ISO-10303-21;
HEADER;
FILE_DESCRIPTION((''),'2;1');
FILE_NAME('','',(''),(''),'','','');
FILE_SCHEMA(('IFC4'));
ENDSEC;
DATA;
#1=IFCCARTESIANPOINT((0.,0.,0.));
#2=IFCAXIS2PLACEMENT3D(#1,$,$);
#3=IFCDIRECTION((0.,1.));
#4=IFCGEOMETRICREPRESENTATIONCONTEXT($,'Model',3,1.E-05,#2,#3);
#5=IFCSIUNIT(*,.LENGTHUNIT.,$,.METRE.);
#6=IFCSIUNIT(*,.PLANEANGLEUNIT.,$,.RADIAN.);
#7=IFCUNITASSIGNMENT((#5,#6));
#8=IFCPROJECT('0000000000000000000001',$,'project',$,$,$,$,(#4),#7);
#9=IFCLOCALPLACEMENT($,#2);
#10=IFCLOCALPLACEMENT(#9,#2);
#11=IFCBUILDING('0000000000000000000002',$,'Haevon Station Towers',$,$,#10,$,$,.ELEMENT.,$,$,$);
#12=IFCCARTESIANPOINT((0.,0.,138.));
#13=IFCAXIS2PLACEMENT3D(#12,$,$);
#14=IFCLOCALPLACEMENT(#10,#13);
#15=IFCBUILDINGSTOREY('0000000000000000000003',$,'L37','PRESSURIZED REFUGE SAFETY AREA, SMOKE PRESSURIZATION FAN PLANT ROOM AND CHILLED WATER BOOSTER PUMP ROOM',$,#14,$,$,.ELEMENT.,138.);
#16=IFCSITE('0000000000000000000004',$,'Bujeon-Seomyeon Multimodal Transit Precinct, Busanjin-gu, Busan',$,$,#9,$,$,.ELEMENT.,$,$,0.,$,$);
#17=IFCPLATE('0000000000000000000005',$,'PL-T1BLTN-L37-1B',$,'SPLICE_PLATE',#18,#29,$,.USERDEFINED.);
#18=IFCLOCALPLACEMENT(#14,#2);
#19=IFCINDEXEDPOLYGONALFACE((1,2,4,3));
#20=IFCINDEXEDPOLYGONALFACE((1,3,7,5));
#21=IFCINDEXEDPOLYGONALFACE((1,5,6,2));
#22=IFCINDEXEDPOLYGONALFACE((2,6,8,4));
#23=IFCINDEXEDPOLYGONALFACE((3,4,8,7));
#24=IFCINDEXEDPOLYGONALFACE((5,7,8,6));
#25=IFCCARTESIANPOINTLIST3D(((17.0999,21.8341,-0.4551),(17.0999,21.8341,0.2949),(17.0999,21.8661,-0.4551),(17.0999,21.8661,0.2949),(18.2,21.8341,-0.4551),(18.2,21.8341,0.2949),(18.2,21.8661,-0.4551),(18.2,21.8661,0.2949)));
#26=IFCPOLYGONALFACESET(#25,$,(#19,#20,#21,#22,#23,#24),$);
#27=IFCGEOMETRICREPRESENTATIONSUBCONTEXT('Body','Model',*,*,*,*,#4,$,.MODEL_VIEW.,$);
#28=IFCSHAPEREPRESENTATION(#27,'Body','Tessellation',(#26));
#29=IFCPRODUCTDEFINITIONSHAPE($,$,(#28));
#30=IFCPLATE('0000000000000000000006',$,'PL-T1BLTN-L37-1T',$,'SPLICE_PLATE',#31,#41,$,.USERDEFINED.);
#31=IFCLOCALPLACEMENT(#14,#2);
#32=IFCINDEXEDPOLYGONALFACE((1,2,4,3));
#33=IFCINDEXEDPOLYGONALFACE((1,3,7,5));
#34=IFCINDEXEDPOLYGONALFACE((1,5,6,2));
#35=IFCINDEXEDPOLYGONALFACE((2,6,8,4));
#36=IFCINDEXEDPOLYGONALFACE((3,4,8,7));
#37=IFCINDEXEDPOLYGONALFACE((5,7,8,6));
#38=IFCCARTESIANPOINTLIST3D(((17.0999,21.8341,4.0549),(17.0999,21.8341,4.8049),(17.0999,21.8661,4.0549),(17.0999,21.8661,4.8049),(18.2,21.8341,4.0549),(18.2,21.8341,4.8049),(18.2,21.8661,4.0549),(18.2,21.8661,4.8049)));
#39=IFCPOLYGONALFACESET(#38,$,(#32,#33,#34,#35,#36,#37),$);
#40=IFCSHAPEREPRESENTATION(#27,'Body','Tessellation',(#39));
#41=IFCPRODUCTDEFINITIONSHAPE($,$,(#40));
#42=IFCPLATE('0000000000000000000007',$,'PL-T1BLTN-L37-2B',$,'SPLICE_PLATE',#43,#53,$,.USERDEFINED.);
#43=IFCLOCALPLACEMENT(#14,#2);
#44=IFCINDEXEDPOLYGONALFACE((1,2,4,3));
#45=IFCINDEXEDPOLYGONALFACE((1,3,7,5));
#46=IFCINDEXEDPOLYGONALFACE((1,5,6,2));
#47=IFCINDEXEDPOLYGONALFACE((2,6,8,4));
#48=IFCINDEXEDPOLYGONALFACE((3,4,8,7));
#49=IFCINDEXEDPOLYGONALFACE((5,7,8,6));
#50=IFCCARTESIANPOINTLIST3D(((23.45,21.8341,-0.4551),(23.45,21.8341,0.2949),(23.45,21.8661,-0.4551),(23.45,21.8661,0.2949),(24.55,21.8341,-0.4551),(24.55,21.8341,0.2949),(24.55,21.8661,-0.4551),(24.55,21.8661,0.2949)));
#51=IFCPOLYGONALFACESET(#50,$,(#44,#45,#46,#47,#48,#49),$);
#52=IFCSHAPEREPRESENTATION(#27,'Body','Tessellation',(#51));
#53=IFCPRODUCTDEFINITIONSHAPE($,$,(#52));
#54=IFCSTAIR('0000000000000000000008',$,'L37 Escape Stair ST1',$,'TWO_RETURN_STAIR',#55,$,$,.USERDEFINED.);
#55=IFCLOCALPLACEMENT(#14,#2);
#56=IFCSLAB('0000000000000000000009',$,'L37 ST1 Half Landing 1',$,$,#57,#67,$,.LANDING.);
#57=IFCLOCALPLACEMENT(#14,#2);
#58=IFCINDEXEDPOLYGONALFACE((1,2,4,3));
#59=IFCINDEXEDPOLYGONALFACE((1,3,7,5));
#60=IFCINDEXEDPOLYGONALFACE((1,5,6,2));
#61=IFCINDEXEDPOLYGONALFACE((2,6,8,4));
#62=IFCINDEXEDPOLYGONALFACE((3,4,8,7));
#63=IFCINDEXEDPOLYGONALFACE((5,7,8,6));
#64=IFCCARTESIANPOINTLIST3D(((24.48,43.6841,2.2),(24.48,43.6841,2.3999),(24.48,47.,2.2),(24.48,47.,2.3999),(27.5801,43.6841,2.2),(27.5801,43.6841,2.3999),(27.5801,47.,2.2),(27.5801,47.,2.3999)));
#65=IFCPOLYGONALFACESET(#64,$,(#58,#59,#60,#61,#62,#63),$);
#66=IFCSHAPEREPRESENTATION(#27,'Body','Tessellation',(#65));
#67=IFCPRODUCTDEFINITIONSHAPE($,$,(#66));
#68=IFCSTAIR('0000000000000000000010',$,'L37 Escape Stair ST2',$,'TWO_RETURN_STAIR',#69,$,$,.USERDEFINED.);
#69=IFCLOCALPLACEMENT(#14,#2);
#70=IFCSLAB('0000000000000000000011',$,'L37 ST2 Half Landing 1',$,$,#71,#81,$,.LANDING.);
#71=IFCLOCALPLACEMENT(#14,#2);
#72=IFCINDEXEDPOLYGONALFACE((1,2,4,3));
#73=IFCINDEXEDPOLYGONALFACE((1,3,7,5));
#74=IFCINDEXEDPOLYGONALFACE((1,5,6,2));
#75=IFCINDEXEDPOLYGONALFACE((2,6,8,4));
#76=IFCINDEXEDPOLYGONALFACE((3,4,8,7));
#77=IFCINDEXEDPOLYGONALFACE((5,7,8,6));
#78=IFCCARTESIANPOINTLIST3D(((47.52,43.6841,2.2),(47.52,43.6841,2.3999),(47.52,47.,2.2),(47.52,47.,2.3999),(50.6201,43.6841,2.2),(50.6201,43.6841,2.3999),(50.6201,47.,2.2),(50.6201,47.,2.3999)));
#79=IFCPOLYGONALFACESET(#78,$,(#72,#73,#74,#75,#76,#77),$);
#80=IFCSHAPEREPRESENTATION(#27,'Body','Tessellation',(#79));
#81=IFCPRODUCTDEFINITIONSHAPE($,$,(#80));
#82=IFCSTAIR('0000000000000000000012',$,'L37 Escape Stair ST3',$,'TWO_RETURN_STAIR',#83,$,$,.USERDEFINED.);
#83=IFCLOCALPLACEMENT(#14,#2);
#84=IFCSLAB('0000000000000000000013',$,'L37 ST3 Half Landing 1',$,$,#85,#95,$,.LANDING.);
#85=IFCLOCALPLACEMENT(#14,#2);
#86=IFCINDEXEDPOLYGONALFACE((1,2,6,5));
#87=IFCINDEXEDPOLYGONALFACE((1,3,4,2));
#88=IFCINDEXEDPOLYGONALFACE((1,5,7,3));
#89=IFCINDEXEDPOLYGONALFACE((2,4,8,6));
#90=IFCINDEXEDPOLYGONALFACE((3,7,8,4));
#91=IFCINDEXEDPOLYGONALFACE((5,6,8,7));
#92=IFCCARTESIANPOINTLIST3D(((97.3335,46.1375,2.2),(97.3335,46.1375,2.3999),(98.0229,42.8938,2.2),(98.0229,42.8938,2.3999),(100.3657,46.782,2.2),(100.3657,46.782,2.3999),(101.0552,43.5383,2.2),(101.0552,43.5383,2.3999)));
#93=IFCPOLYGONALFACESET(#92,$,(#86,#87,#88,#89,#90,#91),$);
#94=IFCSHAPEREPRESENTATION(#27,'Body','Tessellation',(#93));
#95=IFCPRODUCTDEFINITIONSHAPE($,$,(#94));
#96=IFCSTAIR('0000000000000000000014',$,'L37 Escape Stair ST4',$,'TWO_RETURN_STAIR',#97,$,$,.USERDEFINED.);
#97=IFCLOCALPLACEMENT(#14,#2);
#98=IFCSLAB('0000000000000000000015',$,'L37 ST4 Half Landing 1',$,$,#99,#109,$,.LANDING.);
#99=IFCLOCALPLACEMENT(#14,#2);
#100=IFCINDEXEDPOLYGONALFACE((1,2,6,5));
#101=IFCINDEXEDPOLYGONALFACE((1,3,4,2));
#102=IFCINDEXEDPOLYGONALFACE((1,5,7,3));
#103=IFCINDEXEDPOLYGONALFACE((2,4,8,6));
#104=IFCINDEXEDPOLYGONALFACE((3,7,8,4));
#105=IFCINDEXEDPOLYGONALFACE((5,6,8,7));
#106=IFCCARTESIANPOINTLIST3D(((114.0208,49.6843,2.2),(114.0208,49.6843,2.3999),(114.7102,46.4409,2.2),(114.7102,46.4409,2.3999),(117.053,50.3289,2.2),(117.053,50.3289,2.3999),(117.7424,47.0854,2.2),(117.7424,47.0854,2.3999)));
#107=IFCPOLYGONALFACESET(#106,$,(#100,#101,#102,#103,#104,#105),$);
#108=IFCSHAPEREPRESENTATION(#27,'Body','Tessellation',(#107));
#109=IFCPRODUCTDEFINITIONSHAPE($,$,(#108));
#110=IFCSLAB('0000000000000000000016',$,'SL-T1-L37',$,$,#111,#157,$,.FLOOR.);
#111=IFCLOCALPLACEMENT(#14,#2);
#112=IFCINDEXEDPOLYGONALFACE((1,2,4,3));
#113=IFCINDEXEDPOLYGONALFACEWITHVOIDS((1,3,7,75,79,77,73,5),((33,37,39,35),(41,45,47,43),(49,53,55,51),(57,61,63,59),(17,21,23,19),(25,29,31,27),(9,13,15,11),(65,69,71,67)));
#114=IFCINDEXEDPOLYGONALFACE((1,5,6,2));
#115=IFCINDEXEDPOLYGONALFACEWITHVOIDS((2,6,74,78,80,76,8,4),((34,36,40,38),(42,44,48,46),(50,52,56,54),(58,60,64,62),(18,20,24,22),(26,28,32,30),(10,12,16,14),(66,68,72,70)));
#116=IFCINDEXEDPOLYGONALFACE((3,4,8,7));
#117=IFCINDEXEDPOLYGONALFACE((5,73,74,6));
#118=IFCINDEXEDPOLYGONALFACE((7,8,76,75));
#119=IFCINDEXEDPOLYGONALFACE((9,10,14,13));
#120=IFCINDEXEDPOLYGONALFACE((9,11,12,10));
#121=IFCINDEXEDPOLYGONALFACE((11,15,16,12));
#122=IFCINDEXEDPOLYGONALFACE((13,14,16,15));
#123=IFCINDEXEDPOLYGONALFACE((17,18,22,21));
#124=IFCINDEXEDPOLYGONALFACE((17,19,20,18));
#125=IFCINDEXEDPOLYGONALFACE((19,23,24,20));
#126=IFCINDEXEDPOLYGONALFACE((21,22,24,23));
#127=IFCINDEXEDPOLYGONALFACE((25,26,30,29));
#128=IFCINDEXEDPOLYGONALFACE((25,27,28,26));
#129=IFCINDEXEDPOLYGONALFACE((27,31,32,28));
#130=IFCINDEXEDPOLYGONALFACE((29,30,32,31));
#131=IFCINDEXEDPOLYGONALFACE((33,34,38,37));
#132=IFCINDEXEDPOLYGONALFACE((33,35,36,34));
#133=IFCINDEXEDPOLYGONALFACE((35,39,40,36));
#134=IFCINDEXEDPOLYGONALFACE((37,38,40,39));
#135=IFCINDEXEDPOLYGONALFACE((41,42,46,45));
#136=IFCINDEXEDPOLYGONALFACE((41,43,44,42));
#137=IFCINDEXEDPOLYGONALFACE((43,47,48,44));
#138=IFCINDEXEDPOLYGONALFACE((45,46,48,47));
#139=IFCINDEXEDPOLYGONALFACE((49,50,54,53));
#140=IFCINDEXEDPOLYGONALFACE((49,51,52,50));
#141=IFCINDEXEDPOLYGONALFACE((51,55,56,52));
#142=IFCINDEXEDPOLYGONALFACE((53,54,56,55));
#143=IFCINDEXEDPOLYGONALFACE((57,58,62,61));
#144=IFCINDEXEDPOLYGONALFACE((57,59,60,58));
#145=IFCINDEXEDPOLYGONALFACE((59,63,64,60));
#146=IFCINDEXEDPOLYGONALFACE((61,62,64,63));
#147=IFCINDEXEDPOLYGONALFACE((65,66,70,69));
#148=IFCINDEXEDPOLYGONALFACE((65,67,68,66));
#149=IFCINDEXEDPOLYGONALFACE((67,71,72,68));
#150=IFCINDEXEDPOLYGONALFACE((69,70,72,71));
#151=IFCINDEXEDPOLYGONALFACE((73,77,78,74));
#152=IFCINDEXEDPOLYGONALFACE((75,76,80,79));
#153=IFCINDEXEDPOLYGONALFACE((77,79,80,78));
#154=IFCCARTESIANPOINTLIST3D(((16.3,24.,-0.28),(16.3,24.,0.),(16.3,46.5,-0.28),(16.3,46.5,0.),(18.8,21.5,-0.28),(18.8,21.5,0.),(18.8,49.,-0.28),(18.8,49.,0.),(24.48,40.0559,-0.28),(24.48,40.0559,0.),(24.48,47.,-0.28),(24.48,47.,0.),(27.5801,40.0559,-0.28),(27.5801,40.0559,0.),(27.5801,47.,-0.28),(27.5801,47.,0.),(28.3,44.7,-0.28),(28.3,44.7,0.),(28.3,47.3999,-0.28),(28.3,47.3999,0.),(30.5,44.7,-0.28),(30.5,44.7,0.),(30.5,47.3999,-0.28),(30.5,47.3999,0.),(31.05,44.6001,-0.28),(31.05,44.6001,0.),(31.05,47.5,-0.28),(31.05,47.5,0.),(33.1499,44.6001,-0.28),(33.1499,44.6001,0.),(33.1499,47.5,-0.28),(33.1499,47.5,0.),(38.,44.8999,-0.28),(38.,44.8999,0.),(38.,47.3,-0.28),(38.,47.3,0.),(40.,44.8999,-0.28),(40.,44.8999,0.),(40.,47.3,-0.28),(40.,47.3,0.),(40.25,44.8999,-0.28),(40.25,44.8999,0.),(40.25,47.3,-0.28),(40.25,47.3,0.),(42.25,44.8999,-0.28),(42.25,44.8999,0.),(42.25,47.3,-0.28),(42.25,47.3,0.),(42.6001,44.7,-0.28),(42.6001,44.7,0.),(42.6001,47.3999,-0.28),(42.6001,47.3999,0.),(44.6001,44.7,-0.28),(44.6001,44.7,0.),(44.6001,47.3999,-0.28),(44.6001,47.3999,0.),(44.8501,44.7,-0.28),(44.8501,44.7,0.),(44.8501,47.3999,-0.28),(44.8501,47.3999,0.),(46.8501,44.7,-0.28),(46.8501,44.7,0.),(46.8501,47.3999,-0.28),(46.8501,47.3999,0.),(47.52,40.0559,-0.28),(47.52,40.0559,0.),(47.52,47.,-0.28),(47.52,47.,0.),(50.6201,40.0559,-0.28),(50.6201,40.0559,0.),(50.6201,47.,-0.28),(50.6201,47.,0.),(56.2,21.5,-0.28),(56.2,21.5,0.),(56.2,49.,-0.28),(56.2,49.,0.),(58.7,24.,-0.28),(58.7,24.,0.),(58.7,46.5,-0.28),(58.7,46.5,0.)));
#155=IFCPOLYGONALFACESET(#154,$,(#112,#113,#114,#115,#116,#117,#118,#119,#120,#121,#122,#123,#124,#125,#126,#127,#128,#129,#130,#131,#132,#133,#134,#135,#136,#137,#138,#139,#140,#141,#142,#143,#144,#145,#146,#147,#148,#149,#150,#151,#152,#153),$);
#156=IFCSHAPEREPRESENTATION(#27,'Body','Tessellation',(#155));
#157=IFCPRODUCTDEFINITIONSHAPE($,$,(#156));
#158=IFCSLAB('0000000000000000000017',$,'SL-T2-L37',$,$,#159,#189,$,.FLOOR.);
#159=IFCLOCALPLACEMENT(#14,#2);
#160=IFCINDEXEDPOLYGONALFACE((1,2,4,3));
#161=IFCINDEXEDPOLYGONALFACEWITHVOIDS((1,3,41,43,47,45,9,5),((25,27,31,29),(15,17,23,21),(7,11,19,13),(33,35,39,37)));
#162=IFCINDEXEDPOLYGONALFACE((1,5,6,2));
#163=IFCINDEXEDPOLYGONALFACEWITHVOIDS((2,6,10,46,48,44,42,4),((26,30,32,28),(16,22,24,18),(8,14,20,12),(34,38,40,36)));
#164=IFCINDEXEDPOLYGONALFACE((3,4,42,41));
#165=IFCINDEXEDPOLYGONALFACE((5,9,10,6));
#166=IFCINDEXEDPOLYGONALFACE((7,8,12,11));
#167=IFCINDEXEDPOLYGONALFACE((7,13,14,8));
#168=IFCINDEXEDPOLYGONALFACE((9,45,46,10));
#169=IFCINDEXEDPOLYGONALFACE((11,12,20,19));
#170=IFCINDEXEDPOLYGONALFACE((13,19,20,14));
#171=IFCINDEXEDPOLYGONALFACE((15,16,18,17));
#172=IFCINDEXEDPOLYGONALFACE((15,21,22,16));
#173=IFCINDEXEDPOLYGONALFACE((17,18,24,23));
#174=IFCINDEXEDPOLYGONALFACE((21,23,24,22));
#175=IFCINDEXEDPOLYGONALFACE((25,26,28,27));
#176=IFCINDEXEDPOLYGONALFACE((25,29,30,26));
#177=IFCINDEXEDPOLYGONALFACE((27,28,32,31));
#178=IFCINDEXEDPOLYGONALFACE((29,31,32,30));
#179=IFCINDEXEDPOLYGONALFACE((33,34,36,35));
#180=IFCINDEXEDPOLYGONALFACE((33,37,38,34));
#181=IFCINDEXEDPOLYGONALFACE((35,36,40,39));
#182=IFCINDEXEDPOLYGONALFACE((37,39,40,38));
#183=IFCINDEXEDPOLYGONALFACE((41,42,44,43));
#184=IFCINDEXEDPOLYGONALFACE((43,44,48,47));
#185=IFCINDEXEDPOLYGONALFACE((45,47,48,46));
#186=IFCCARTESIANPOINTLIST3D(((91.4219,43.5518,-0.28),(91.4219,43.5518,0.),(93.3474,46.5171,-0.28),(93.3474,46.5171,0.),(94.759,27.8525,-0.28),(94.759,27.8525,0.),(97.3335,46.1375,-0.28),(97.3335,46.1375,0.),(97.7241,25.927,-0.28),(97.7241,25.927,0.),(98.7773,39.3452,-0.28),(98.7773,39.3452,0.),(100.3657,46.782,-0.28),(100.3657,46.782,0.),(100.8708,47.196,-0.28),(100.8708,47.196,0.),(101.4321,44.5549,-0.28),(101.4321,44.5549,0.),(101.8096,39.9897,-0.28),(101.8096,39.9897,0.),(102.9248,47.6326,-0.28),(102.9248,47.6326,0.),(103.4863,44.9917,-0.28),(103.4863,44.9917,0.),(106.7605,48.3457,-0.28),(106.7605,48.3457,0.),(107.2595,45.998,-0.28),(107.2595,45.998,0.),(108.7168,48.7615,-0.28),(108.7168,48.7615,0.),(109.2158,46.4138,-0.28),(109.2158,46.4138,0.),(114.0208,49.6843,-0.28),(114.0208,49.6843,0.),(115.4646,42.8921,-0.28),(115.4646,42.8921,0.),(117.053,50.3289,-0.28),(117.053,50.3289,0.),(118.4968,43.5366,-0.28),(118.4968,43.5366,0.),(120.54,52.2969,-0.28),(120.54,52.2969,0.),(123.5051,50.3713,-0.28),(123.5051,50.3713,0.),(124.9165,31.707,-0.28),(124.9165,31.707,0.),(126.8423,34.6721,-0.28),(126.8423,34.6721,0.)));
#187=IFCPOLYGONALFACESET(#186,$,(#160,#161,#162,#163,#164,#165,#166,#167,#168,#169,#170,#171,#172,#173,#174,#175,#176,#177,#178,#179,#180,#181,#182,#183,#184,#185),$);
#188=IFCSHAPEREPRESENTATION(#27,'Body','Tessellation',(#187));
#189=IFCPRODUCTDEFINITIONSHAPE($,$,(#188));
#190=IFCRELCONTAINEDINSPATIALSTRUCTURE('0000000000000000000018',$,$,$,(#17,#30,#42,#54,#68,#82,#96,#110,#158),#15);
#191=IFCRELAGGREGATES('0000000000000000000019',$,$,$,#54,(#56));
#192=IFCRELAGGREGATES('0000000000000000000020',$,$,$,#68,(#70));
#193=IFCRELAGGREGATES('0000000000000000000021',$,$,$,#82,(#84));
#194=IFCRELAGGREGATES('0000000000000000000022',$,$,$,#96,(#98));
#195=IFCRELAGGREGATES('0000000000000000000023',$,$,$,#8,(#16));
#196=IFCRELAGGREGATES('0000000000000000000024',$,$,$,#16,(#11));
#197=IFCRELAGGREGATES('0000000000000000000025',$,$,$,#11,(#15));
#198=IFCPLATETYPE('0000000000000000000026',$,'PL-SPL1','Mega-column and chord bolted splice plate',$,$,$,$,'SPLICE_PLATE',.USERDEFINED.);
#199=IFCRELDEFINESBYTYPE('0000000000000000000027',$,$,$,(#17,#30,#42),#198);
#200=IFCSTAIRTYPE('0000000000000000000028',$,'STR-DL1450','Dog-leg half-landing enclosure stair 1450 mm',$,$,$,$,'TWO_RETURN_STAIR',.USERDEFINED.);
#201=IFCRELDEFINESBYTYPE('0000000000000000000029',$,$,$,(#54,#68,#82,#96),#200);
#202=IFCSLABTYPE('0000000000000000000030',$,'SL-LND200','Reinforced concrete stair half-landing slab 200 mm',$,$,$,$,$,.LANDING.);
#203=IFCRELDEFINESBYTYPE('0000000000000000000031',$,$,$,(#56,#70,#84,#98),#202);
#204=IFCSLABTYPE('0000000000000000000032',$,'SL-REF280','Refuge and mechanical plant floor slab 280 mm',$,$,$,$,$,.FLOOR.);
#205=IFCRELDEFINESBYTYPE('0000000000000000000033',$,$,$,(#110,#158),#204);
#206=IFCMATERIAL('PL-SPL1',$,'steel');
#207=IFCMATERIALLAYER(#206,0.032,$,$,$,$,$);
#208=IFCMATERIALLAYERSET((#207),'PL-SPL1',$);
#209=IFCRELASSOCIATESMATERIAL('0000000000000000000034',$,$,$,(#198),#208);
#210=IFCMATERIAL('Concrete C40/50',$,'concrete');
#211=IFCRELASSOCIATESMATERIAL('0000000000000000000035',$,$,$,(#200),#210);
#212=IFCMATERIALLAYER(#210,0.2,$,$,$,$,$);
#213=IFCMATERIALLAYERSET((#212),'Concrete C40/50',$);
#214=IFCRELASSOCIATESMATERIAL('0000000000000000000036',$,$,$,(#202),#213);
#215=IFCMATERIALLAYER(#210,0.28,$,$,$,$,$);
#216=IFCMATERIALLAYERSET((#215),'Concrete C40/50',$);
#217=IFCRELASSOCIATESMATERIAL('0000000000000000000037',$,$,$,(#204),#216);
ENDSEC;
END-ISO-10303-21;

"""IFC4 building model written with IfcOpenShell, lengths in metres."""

from ifc_helpers import new_model, si_unit, direction, frame, origin, origin_2d, place, context, subcontext, project, spatial, polyline, rectangle, outline, extrude, material, layer, layer_set, type_object, element, aggregate, save


model = new_model("IFC4")

# Units and contexts
model_context = context("Model", 3, precision=1e-05, world=origin(), true_north=direction((0.0, 1.0)))
body_context = subcontext(model_context, "Body", "Model", "MODEL_VIEW")
ifc_project = project(units=[si_unit("LENGTHUNIT", "METRE"), si_unit("PLANEANGLEUNIT", "RADIAN")], contexts=[model_context])

# Site, building, storey
site_placement = place(None, origin())
site = spatial("IfcSite", under=ifc_project, at=site_placement, Name="Bujeon-Seomyeon Multimodal Transit Precinct, Busanjin-gu, Busan", CompositionType="ELEMENT", RefElevation=0.0)
building_placement = place(site_placement, origin())
building = spatial("IfcBuilding", under=site, at=building_placement, Name="Haevon Station Towers", CompositionType="ELEMENT")
storey_placement = place(building_placement, frame((0.0, 0.0, 138.0)))
storey = spatial("IfcBuildingStorey", under=building, at=storey_placement, Name="L37", Description="PRESSURIZED REFUGE SAFETY AREA, SMOKE PRESSURIZATION FAN PLANT ROOM AND CHILLED WATER BOOSTER PUMP ROOM", CompositionType="ELEMENT", Elevation=138.0)

# Plates
ifc_material_1 = material(Name="PL-SPL1", Category="steel")
ifc_layer_1 = layer(ifc_material_1, 0.032)
ifc_layer_set_1 = layer_set([ifc_layer_1], Name="PL-SPL1")
plate_type_1 = type_object("IfcPlateType", Name="PL-SPL1", Description="Mega-column and chord bolted splice plate", ElementType="SPLICE_PLATE", PredefinedType="USERDEFINED", material=ifc_layer_set_1)
for number, where, z_axis, x_axis, name in (
    (1, (17.6499, 21.8501, -0.4551), (0.0, 0.0, 1.0), (1.0, 0.0, 0.0), "PL-T1BLTN-L37-1B"),
    (2, (17.6499, 21.8501, 4.0549), (0.0, 0.0, 1.0), (1.0, 0.0, 0.0), "PL-T1BLTN-L37-1T"),
    (3, (24.0, 21.8501, -0.4551), (0.0, 0.0, 1.0), (1.0, 0.0, 0.0), "PL-T1BLTN-L37-2B"),
):
    element("IfcPlate", number, at=place(storey_placement, frame(where, z_axis=z_axis, x_axis=x_axis)), inside=storey, type_object=plate_type_1, Name=name, ObjectType="SPLICE_PLATE", PredefinedType="USERDEFINED", context=body_context, shape_type="SweptSolid", body=[
        extrude(rectangle(XDim=1.1001, YDim=0.032, at=origin_2d()), origin(), (0.0, 0.0, 1.0), 0.75),
    ])

# Stairs, slabs
ifc_material_2 = material(Name="Concrete C40/50", Category="concrete")
stair_type = type_object("IfcStairType", Name="STR-DL1450", Description="Dog-leg half-landing enclosure stair 1450 mm", ElementType="TWO_RETURN_STAIR", PredefinedType="USERDEFINED", material=ifc_material_2)
stair_1_placement = place(storey_placement, origin())
stair_1 = element("IfcStair", 4, at=stair_1_placement, inside=storey, type_object=stair_type, Name="L37 Escape Stair ST1", ObjectType="TWO_RETURN_STAIR", PredefinedType="USERDEFINED")
ifc_layer_2 = layer(ifc_material_2, 0.2)
ifc_layer_set_2 = layer_set([ifc_layer_2], Name="Concrete C40/50")
slab_type_1 = type_object("IfcSlabType", Name="SL-LND200", Description="Reinforced concrete stair half-landing slab 200 mm", PredefinedType="LANDING", material=ifc_layer_set_2)
slab_1_placement = place(storey_placement, frame((0.0, 0.0, 2.2)))
slab_1 = element("IfcSlab", 5, at=slab_1_placement, type_object=slab_type_1, Name="L37 ST1 Half Landing 1", PredefinedType="LANDING", context=body_context, shape_type="SweptSolid", body=[
    extrude(outline(polyline([(27.5801, 43.6841), (27.5801, 47.0), (24.48, 47.0), (24.48, 43.6841), (27.5801, 43.6841)])), origin(), (0.0, 0.0, 1.0), 0.2),
])
aggregate(stair_1, [slab_1])
stair_2_placement = place(storey_placement, origin())
stair_2 = element("IfcStair", 6, at=stair_2_placement, inside=storey, type_object=stair_type, Name="L37 Escape Stair ST2", ObjectType="TWO_RETURN_STAIR", PredefinedType="USERDEFINED")
slab_2_placement = place(storey_placement, frame((0.0, 0.0, 2.2)))
slab_2 = element("IfcSlab", 7, at=slab_2_placement, type_object=slab_type_1, Name="L37 ST2 Half Landing 1", PredefinedType="LANDING", context=body_context, shape_type="SweptSolid", body=[
    extrude(outline(polyline([(50.6201, 43.6841), (50.6201, 47.0), (47.52, 47.0), (47.52, 43.6841), (50.6201, 43.6841)])), origin(), (0.0, 0.0, 1.0), 0.2),
])
aggregate(stair_2, [slab_2])
stair_3_placement = place(storey_placement, origin())
stair_3 = element("IfcStair", 8, at=stair_3_placement, inside=storey, type_object=stair_type, Name="L37 Escape Stair ST3", ObjectType="TWO_RETURN_STAIR", PredefinedType="USERDEFINED")
slab_3_placement = place(storey_placement, frame((0.0, 0.0, 2.2)))
slab_3 = element("IfcSlab", 9, at=slab_3_placement, type_object=slab_type_1, Name="L37 ST3 Half Landing 1", PredefinedType="LANDING", context=body_context, shape_type="SweptSolid", body=[
    extrude(outline(polyline([(101.0552, 43.5383), (100.3657, 46.782), (97.3335, 46.1375), (98.0229, 42.8938), (101.0552, 43.5383)])), origin(), (0.0, 0.0, 1.0), 0.2),
])
aggregate(stair_3, [slab_3])
stair_4_placement = place(storey_placement, origin())
stair_4 = element("IfcStair", 10, at=stair_4_placement, inside=storey, type_object=stair_type, Name="L37 Escape Stair ST4", ObjectType="TWO_RETURN_STAIR", PredefinedType="USERDEFINED")
slab_4_placement = place(storey_placement, frame((0.0, 0.0, 2.2)))
slab_4 = element("IfcSlab", 11, at=slab_4_placement, type_object=slab_type_1, Name="L37 ST4 Half Landing 1", PredefinedType="LANDING", context=body_context, shape_type="SweptSolid", body=[
    extrude(outline(polyline([(117.7424, 47.0854), (117.053, 50.3289), (114.0208, 49.6843), (114.7102, 46.4409), (117.7424, 47.0854)])), origin(), (0.0, 0.0, 1.0), 0.2),
])
aggregate(stair_4, [slab_4])

# Slabs
ifc_layer_3 = layer(ifc_material_2, 0.28)
ifc_layer_set_3 = layer_set([ifc_layer_3], Name="Concrete C40/50")
slab_type_2 = type_object("IfcSlabType", Name="SL-REF280", Description="Refuge and mechanical plant floor slab 280 mm", PredefinedType="FLOOR", material=ifc_layer_set_3)
slab_5_placement = place(storey_placement, frame((0.0, 0.0, -0.28)))
element("IfcSlab", 12, at=slab_5_placement, inside=storey, type_object=slab_type_2, Name="SL-T1-L37", PredefinedType="FLOOR", context=body_context, shape_type="SweptSolid", body=[
    extrude(outline(polyline([(18.8, 21.5), (56.2, 21.5), (58.7, 24.0), (58.7, 46.5), (56.2, 49.0), (18.8, 49.0), (16.3, 46.5), (16.3, 24.0), (18.8, 21.5)]), holes=[polyline([(27.5801, 40.0559), (27.5801, 47.0), (24.48, 47.0), (24.48, 40.0559), (27.5801, 40.0559)]), polyline([(50.6201, 40.0559), (50.6201, 47.0), (47.52, 47.0), (47.52, 40.0559), (50.6201, 40.0559)]), polyline([(28.3, 44.7), (30.5, 44.7), (30.5, 47.3999), (28.3, 47.3999), (28.3, 44.7)]), polyline([(31.05, 44.6001), (33.1499, 44.6001), (33.1499, 47.5), (31.05, 47.5), (31.05, 44.6001)]), polyline([(38.0, 44.8999), (40.0, 44.8999), (40.0, 47.3), (38.0, 47.3), (38.0, 44.8999)]), polyline([(40.25, 44.8999), (42.25, 44.8999), (42.25, 47.3), (40.25, 47.3), (40.25, 44.8999)]), polyline([(42.6001, 44.7), (44.6001, 44.7), (44.6001, 47.3999), (42.6001, 47.3999), (42.6001, 44.7)]), polyline([(44.8501, 44.7), (46.8501, 44.7), (46.8501, 47.3999), (44.8501, 47.3999), (44.8501, 44.7)])]), origin(), (0.0, 0.0, 1.0), 0.28),
])
slab_6_placement = place(storey_placement, frame((0.0, 0.0, -0.28)))
element("IfcSlab", 13, at=slab_6_placement, inside=storey, type_object=slab_type_2, Name="SL-T2-L37", PredefinedType="FLOOR", context=body_context, shape_type="SweptSolid", body=[
    extrude(outline(polyline([(97.7241, 25.927), (124.9165, 31.707), (126.8423, 34.6721), (123.5051, 50.3713), (120.54, 52.2969), (93.3474, 46.5171), (91.4219, 43.5518), (94.759, 27.8525), (97.7241, 25.927)]), holes=[polyline([(101.8096, 39.9897), (100.3657, 46.782), (97.3335, 46.1375), (98.7773, 39.3452), (101.8096, 39.9897)]), polyline([(118.4968, 43.5366), (117.053, 50.3289), (114.0208, 49.6843), (115.4646, 42.8921), (118.4968, 43.5366)]), polyline([(101.4321, 44.5549), (103.4863, 44.9917), (102.9248, 47.6326), (100.8708, 47.196), (101.4321, 44.5549)]), polyline([(107.2595, 45.998), (109.2158, 46.4138), (108.7168, 48.7615), (106.7605, 48.3457), (107.2595, 45.998)])]), origin(), (0.0, 0.0, 1.0), 0.28),
])

save(model, "model.ifc")
